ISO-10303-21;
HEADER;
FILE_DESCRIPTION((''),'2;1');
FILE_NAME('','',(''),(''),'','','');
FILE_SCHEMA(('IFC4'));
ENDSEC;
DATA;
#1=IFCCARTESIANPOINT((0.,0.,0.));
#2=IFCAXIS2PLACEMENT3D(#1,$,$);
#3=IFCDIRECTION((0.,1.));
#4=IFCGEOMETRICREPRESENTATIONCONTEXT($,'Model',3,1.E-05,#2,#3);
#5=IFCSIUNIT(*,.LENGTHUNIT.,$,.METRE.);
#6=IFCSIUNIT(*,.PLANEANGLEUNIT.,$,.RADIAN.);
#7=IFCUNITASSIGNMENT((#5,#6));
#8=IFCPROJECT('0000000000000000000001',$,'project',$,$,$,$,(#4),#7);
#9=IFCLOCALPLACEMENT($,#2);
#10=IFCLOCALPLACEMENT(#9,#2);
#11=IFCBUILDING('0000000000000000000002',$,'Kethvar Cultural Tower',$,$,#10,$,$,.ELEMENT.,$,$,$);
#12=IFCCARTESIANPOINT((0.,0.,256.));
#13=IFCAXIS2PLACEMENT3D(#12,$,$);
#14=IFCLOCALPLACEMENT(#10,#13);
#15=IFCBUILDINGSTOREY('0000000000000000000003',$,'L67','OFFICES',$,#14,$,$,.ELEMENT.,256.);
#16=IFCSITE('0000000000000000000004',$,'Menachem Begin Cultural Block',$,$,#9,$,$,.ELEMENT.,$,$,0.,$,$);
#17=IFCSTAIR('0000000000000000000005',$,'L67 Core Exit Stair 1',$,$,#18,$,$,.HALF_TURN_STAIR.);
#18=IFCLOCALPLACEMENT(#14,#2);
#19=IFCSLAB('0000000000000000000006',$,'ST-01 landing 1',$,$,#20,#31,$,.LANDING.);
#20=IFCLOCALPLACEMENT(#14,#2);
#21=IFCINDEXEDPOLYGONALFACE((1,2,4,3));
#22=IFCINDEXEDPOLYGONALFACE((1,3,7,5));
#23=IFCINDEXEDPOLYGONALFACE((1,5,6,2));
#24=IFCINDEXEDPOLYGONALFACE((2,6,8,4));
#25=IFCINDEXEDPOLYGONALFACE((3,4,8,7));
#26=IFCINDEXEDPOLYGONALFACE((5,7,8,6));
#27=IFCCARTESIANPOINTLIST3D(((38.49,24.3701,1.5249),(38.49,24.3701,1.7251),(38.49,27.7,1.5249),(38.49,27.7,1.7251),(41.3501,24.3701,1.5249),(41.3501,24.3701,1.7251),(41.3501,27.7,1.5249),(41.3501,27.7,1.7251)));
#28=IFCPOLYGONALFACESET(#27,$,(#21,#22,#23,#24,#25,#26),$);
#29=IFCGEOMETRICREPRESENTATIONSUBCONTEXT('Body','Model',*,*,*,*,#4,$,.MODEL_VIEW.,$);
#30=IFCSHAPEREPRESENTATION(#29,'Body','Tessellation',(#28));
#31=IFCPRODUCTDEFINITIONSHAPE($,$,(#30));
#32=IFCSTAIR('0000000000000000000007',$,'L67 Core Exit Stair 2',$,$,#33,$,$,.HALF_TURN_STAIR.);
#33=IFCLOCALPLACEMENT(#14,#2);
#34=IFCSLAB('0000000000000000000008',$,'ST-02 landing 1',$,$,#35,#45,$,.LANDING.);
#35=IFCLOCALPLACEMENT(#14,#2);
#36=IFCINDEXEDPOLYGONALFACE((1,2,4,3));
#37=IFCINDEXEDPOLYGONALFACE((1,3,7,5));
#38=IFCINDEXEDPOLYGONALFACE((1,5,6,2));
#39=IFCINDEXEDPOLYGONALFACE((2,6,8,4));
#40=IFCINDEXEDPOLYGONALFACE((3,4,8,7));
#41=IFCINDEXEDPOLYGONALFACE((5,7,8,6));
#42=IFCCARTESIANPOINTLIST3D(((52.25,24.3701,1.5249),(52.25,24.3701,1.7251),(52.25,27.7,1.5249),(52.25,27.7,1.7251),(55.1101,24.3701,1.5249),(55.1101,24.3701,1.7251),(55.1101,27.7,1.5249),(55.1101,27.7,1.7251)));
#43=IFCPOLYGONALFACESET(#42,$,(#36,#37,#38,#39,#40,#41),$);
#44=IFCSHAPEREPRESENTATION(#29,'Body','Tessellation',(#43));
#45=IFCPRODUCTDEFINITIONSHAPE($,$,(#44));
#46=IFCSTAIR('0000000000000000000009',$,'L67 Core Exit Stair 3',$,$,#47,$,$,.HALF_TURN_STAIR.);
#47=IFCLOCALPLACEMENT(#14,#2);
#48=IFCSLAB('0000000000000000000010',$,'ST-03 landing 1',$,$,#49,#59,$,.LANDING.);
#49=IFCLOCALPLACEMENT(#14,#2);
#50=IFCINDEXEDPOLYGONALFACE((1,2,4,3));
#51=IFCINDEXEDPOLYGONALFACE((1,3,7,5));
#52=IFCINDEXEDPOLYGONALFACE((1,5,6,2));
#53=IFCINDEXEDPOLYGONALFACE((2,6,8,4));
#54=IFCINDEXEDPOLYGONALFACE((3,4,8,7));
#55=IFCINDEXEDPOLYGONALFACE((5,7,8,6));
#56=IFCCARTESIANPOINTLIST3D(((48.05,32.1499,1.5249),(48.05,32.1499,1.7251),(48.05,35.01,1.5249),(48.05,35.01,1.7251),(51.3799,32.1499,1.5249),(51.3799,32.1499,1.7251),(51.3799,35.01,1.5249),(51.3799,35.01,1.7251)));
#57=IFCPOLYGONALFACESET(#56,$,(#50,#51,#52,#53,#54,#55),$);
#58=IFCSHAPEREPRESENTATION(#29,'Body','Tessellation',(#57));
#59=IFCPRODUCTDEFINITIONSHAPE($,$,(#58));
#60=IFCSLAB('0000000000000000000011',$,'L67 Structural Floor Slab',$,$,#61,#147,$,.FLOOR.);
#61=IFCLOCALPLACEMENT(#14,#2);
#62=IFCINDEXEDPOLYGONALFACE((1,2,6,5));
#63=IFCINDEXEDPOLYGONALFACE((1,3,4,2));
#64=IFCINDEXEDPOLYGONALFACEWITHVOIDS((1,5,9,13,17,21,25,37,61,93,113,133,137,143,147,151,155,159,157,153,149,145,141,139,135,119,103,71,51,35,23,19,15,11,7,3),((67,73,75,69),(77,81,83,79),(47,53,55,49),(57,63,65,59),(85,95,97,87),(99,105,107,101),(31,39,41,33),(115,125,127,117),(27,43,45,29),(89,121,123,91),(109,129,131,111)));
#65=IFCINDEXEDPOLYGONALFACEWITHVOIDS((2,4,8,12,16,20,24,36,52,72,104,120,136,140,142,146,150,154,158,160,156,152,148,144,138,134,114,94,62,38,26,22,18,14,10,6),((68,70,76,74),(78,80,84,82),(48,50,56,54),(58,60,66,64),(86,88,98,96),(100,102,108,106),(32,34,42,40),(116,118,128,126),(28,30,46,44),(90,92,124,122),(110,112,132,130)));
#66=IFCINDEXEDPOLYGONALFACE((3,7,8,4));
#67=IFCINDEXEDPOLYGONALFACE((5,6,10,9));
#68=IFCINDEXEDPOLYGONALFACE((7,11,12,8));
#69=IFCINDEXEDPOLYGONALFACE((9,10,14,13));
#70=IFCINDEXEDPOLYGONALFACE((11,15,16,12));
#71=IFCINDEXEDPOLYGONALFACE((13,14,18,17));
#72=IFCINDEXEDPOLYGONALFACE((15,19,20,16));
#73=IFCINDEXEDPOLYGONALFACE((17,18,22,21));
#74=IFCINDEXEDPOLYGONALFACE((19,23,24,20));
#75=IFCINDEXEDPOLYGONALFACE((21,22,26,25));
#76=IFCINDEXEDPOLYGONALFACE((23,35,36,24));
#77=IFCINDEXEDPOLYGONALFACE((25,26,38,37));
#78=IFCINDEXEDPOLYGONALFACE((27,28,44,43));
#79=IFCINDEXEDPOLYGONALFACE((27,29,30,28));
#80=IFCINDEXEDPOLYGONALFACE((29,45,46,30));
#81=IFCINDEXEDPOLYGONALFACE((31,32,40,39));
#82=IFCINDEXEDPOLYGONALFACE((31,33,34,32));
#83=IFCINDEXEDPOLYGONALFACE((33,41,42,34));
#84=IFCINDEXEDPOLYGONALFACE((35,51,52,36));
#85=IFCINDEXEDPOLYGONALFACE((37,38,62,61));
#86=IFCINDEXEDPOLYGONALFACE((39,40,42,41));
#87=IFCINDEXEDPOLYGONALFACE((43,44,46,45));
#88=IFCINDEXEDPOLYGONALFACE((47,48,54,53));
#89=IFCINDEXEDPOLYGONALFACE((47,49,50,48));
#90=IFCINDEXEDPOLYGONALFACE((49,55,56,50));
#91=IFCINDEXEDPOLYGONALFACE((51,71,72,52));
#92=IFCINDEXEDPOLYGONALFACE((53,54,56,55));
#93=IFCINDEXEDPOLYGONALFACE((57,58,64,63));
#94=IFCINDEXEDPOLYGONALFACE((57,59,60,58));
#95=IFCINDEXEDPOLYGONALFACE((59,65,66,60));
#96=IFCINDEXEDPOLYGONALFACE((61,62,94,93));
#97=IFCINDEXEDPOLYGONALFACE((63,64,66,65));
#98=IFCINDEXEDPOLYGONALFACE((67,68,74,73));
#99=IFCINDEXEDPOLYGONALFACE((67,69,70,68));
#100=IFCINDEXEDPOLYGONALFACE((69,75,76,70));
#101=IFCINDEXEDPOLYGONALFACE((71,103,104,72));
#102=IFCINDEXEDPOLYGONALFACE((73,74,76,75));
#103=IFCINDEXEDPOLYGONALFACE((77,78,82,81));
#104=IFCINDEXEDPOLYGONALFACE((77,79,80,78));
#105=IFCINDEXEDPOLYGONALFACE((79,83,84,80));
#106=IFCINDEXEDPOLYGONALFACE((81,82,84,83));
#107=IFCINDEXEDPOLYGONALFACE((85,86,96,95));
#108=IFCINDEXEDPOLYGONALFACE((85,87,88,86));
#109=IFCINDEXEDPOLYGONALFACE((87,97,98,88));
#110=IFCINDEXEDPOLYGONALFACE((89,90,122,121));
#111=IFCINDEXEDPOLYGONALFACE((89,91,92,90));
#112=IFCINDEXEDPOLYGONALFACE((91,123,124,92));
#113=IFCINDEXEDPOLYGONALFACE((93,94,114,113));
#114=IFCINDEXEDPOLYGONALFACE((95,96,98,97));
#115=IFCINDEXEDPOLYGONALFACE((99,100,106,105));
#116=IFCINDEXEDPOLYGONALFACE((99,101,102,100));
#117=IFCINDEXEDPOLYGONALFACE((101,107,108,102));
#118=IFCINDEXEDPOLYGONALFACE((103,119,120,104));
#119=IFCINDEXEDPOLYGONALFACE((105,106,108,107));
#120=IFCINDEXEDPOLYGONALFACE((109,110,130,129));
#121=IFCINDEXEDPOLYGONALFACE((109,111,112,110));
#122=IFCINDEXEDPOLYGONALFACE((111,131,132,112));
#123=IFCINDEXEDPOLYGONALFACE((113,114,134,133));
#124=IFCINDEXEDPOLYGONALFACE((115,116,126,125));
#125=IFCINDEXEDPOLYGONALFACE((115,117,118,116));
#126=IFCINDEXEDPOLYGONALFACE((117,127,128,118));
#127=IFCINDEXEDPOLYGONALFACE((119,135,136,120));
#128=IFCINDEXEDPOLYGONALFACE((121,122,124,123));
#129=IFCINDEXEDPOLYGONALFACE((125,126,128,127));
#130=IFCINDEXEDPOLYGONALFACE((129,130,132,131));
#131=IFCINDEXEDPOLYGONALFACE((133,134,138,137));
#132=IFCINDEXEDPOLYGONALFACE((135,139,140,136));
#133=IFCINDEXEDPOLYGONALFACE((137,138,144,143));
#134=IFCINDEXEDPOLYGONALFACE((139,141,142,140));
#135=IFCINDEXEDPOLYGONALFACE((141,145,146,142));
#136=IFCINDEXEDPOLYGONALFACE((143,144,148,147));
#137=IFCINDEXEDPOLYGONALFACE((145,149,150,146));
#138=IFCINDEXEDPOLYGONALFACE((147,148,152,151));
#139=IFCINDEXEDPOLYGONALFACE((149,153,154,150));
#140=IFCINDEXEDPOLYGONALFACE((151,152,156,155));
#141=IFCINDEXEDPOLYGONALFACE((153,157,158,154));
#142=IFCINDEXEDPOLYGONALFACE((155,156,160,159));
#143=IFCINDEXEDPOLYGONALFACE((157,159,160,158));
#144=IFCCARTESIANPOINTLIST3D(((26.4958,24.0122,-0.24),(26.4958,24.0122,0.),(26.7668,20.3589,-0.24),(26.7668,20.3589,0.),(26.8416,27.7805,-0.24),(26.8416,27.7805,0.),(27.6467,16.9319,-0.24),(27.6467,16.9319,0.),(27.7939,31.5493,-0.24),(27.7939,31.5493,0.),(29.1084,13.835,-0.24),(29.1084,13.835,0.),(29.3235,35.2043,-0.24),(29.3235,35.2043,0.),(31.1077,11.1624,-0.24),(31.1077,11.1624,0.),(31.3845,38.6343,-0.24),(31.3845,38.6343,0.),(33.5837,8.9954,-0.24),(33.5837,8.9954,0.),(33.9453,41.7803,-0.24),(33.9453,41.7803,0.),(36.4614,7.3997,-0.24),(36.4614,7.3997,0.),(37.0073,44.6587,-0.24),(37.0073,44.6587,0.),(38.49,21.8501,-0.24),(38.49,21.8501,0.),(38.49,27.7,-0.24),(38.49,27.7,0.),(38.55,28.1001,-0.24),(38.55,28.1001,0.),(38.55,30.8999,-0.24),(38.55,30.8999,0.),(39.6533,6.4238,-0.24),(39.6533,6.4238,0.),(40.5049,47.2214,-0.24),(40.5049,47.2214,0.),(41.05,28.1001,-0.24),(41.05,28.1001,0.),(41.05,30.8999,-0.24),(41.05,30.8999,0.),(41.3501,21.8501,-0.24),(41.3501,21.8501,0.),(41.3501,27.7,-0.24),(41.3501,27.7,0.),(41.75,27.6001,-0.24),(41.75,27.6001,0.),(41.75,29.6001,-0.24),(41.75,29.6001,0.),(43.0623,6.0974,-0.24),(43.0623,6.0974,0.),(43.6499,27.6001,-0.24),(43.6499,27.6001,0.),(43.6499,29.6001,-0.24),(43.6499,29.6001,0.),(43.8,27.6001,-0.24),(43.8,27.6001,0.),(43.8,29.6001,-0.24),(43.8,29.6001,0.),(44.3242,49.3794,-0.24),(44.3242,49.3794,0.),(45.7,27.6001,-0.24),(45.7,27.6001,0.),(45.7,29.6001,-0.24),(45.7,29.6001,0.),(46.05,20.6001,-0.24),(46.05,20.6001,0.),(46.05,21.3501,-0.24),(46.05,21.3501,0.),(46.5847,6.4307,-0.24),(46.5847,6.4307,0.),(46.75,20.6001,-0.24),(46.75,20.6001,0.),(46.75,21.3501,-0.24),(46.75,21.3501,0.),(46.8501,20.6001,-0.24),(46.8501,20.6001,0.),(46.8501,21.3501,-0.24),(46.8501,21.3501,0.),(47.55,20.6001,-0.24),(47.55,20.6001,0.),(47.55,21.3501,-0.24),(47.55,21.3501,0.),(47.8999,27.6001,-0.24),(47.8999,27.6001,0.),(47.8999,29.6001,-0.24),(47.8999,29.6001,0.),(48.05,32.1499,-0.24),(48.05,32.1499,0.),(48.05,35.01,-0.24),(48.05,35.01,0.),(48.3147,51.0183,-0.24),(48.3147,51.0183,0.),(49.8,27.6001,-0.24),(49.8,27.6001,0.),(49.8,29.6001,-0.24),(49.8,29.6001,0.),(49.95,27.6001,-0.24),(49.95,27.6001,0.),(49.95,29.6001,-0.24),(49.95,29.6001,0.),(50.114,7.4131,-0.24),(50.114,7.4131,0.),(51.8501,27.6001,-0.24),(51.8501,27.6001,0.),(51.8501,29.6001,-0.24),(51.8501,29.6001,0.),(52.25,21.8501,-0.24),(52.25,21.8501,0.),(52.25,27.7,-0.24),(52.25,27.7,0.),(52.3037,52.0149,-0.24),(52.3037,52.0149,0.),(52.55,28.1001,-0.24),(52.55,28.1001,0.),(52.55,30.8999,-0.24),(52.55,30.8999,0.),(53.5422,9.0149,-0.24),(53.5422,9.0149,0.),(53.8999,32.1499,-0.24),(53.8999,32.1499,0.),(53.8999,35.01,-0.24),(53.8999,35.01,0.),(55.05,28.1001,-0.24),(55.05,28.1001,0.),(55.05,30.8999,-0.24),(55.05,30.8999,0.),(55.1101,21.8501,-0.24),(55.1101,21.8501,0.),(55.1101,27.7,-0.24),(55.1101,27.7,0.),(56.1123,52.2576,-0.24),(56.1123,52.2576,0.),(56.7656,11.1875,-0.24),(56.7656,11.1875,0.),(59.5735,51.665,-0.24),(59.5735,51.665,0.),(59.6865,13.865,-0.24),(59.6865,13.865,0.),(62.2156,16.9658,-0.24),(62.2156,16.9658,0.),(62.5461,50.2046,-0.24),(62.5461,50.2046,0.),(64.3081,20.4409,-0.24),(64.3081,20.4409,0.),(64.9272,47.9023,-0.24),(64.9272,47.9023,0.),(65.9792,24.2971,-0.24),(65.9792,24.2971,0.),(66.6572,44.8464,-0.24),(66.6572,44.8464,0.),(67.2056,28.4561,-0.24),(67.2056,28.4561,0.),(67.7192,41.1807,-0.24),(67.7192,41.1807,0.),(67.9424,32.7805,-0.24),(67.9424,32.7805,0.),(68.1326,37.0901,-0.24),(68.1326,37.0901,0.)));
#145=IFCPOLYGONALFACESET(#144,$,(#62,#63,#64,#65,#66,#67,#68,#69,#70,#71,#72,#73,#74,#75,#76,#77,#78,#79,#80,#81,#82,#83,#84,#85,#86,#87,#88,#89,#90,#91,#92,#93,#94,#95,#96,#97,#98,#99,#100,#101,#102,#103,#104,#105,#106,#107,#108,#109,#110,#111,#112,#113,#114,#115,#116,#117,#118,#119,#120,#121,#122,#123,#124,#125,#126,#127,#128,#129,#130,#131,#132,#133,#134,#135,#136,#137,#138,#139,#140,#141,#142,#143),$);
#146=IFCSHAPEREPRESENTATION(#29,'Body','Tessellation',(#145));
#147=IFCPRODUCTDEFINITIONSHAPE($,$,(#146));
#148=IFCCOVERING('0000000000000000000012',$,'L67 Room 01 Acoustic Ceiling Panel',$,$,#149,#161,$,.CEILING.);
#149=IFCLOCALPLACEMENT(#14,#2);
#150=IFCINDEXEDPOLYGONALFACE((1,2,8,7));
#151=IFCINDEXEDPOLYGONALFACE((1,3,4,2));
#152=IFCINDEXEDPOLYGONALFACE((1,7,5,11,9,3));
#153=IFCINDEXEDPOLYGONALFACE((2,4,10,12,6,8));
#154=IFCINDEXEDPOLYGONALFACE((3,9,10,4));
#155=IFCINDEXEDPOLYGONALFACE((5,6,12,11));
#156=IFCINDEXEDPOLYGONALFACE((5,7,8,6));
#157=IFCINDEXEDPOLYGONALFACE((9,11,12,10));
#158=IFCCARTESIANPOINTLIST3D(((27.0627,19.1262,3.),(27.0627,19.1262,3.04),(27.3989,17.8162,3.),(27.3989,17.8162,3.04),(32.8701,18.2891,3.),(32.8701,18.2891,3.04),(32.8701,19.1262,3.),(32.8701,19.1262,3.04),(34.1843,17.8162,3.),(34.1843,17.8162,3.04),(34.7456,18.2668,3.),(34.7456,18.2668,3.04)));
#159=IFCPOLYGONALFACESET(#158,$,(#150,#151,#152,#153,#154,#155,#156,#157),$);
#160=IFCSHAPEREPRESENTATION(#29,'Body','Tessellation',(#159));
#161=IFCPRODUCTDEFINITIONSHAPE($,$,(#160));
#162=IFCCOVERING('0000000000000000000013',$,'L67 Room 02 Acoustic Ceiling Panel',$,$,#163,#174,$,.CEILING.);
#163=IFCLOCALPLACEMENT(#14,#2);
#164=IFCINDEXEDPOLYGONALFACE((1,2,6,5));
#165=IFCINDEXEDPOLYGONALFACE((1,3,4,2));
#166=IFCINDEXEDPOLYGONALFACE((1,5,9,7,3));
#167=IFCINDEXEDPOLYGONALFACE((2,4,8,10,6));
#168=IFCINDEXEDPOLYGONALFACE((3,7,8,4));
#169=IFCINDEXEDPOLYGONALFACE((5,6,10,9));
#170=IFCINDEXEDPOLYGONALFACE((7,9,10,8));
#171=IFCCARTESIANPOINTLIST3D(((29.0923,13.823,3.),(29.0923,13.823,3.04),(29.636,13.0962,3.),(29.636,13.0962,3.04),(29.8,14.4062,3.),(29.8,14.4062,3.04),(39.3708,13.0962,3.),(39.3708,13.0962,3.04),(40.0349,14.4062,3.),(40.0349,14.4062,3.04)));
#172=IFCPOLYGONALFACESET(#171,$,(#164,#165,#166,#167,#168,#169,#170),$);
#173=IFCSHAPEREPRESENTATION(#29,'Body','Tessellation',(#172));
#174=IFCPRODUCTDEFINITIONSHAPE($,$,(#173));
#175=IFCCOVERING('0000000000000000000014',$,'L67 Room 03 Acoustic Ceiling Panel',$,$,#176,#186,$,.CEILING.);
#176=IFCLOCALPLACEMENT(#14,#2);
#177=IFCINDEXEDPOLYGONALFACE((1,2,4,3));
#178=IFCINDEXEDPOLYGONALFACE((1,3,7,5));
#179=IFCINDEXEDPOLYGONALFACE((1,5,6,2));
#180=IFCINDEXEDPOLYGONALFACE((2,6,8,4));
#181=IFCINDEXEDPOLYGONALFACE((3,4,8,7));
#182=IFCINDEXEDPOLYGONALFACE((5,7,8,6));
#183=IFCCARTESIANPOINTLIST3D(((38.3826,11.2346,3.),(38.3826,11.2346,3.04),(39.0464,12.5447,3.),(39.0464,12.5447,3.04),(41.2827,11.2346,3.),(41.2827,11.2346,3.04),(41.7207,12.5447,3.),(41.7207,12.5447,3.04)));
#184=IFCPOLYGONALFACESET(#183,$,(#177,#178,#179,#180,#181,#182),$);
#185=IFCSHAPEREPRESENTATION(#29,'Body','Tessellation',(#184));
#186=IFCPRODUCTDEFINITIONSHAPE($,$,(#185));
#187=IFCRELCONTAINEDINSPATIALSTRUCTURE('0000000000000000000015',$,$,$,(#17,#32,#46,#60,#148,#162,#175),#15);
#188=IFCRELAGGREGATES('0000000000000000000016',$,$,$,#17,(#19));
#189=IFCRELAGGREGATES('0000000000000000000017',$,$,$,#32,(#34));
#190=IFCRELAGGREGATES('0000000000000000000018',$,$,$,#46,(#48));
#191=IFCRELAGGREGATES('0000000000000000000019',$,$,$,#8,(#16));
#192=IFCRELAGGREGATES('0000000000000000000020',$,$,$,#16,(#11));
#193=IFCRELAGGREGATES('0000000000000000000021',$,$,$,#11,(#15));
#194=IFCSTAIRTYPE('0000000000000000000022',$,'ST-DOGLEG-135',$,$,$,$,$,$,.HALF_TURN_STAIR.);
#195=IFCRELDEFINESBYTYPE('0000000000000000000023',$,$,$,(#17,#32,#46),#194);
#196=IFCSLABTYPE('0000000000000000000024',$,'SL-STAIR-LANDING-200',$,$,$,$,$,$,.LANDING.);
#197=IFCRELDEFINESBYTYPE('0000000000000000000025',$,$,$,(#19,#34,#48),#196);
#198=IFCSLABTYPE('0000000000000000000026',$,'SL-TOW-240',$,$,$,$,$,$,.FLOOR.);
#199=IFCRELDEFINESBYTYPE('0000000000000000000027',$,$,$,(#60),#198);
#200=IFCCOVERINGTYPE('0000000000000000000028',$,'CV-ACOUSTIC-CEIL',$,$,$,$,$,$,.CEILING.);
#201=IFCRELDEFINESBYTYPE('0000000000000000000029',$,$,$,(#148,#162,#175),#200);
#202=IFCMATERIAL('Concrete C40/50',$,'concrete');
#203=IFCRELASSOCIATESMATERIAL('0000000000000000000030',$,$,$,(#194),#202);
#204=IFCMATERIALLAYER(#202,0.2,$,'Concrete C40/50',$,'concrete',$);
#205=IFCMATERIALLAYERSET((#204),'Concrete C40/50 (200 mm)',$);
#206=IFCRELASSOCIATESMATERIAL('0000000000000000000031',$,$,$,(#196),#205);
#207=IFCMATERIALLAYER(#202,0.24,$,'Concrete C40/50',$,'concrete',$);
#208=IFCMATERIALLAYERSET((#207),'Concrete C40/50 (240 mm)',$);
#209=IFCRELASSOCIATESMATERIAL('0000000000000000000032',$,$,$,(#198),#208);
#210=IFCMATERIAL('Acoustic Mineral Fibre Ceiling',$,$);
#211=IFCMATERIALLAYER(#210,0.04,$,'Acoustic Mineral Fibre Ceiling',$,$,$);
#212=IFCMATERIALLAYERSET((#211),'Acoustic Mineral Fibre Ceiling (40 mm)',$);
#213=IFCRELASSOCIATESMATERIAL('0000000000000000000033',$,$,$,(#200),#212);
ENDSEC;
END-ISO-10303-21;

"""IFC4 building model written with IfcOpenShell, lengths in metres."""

from ifc_helpers import new_model, si_unit, direction, frame, origin, place, context, subcontext, project, spatial, polyline, outline, extrude, material, layer, layer_set, type_object, element, aggregate, save


model = new_model("IFC4")

# Units and contexts
model_context = context("Model", 3, precision=1e-05, world=origin(), true_north=direction((0.0, 1.0)))
body_context = subcontext(model_context, "Body", "Model", "MODEL_VIEW")
ifc_project = project(units=[si_unit("LENGTHUNIT", "METRE"), si_unit("PLANEANGLEUNIT", "RADIAN")], contexts=[model_context])

# Site, building, storey
site_placement = place(None, origin())
site = spatial("IfcSite", under=ifc_project, at=site_placement, Name="Menachem Begin Cultural Block", CompositionType="ELEMENT", RefElevation=0.0)
building_placement = place(site_placement, origin())
building = spatial("IfcBuilding", under=site, at=building_placement, Name="Kethvar Cultural Tower", CompositionType="ELEMENT")
storey_placement = place(building_placement, frame((0.0, 0.0, 256.0)))
storey = spatial("IfcBuildingStorey", under=building, at=storey_placement, Name="L67", Description="OFFICES", CompositionType="ELEMENT", Elevation=256.0)

# Stairs, slabs
ifc_material_1 = material(Name="Concrete C40/50", Category="concrete")
stair_type = type_object("IfcStairType", Name="ST-DOGLEG-135", PredefinedType="HALF_TURN_STAIR", material=ifc_material_1)
stair_1_placement = place(storey_placement, origin())
stair_1 = element("IfcStair", 1, at=stair_1_placement, inside=storey, type_object=stair_type, Name="L67 Core Exit Stair 1", PredefinedType="HALF_TURN_STAIR")
ifc_layer_1 = layer(ifc_material_1, 0.2, Name="Concrete C40/50", Category="concrete")
ifc_layer_set_1 = layer_set([ifc_layer_1], Name="Concrete C40/50 (200 mm)")
slab_type_1 = type_object("IfcSlabType", Name="SL-STAIR-LANDING-200", PredefinedType="LANDING", material=ifc_layer_set_1)
slab_1_placement = place(storey_placement, frame((0.0, 0.0, 1.5249)))
slab_1 = element("IfcSlab", 2, at=slab_1_placement, type_object=slab_type_1, Name="ST-01 landing 1", PredefinedType="LANDING", context=body_context, shape_type="SweptSolid", body=[
    extrude(outline(polyline([(41.3501, 24.3701), (41.3501, 27.7), (38.49, 27.7), (38.49, 24.3701), (41.3501, 24.3701)])), origin(), (0.0, 0.0, 1.0), 0.2002),
])
aggregate(stair_1, [slab_1])
stair_2_placement = place(storey_placement, origin())
stair_2 = element("IfcStair", 3, at=stair_2_placement, inside=storey, type_object=stair_type, Name="L67 Core Exit Stair 2", PredefinedType="HALF_TURN_STAIR")
slab_2_placement = place(storey_placement, frame((0.0, 0.0, 1.5249)))
slab_2 = element("IfcSlab", 4, at=slab_2_placement, type_object=slab_type_1, Name="ST-02 landing 1", PredefinedType="LANDING", context=body_context, shape_type="SweptSolid", body=[
    extrude(outline(polyline([(55.1101, 24.3701), (55.1101, 27.7), (52.25, 27.7), (52.25, 24.3701), (55.1101, 24.3701)])), origin(), (0.0, 0.0, 1.0), 0.2002),
])
aggregate(stair_2, [slab_2])
stair_3_placement = place(storey_placement, origin())
stair_3 = element("IfcStair", 5, at=stair_3_placement, inside=storey, type_object=stair_type, Name="L67 Core Exit Stair 3", PredefinedType="HALF_TURN_STAIR")
slab_3_placement = place(storey_placement, frame((0.0, 0.0, 1.5249)))
slab_3 = element("IfcSlab", 6, at=slab_3_placement, type_object=slab_type_1, Name="ST-03 landing 1", PredefinedType="LANDING", context=body_context, shape_type="SweptSolid", body=[
    extrude(outline(polyline([(51.3799, 35.01), (48.05, 35.01), (48.05, 32.1499), (51.3799, 32.1499), (51.3799, 35.01)])), origin(), (0.0, 0.0, 1.0), 0.2002),
])
aggregate(stair_3, [slab_3])

# Slab
ifc_layer_2 = layer(ifc_material_1, 0.24, Name="Concrete C40/50", Category="concrete")
ifc_layer_set_2 = layer_set([ifc_layer_2], Name="Concrete C40/50 (240 mm)")
slab_type_2 = type_object("IfcSlabType", Name="SL-TOW-240", PredefinedType="FLOOR", material=ifc_layer_set_2)
slab_4_placement = place(storey_placement, frame((0.0, 0.0, -0.24)))
element("IfcSlab", 7, at=slab_4_placement, inside=storey, type_object=slab_type_2, Name="L67 Structural Floor Slab", PredefinedType="FLOOR", context=body_context, shape_type="SweptSolid", body=[
    extrude(outline(polyline([(62.5461, 50.2046), (59.5735, 51.665), (56.1123, 52.2576), (52.3037, 52.0149), (48.3147, 51.0183), (44.3242, 49.3794), (40.5049, 47.2214), (37.0073, 44.6587), (33.9453, 41.7803), (31.3845, 38.6343), (29.3235, 35.2043), (27.7939, 31.5493), (26.8416, 27.7805), (26.4958, 24.0122), (26.7668, 20.3589), (27.6467, 16.9319), (29.1084, 13.835), (31.1077, 11.1624), (33.5837, 8.9954), (36.4614, 7.3997), (39.6533, 6.4238), (43.0623, 6.0974), (46.5847, 6.4307), (50.114, 7.4131), (53.5422, 9.0149), (56.7656, 11.1875), (59.6865, 13.865), (62.2156, 16.9658), (64.3081, 20.4409), (65.9792, 24.2971), (67.2056, 28.4561), (67.9424, 32.7805), (68.1326, 37.0901), (67.7192, 41.1807), (66.6572, 44.8464), (64.9272, 47.9023), (62.5461, 50.2046)]), holes=[polyline([(38.49, 21.8501), (38.49, 27.7), (41.3501, 27.7), (41.3501, 21.8501), (38.49, 21.8501)]), polyline([(52.25, 21.8501), (52.25, 27.7), (55.1101, 27.7), (55.1101, 21.8501), (52.25, 21.8501)]), polyline([(53.8999, 32.1499), (48.05, 32.1499), (48.05, 35.01), (53.8999, 35.01), (53.8999, 32.1499)]), polyline([(41.75, 29.6001), (43.6499, 29.6001), (43.6499, 27.6001), (41.75, 27.6001), (41.75, 29.6001)]), polyline([(43.8, 29.6001), (45.7, 29.6001), (45.7, 27.6001), (43.8, 27.6001), (43.8, 29.6001)]), polyline([(47.8999, 29.6001), (49.8, 29.6001), (49.8, 27.6001), (47.8999, 27.6001), (47.8999, 29.6001)]), polyline([(49.95, 29.6001), (51.8501, 29.6001), (51.8501, 27.6001), (49.95, 27.6001), (49.95, 29.6001)]), polyline([(38.55, 30.8999), (41.05, 30.8999), (41.05, 28.1001), (38.55, 28.1001), (38.55, 30.8999)]), polyline([(52.55, 30.8999), (55.05, 30.8999), (55.05, 28.1001), (52.55, 28.1001), (52.55, 30.8999)]), polyline([(46.05, 21.3501), (46.75, 21.3501), (46.75, 20.6001), (46.05, 20.6001), (46.05, 21.3501)]), polyline([(46.8501, 21.3501), (47.55, 21.3501), (47.55, 20.6001), (46.8501, 20.6001), (46.8501, 21.3501)])]), origin(), (0.0, 0.0, 1.0), 0.24),
])

# Coverings
ifc_material_2 = material(Name="Acoustic Mineral Fibre Ceiling")
ifc_layer_3 = layer(ifc_material_2, 0.04, Name="Acoustic Mineral Fibre Ceiling")
ifc_layer_set_3 = layer_set([ifc_layer_3], Name="Acoustic Mineral Fibre Ceiling (40 mm)")
covering_type_1 = type_object("IfcCoveringType", Name="CV-ACOUSTIC-CEIL", PredefinedType="CEILING", material=ifc_layer_set_3)
covering_1_placement = place(storey_placement, frame((0.0, 0.0, 3.0)))
element("IfcCovering", 8, at=covering_1_placement, inside=storey, type_object=covering_type_1, Name="L67 Room 01 Acoustic Ceiling Panel", PredefinedType="CEILING", context=body_context, shape_type="SweptSolid", body=[
    extrude(outline(polyline([(27.0627, 19.1262), (32.8701, 19.1262), (32.8701, 18.2891), (34.7456, 18.2668), (34.1843, 17.8162), (27.3989, 17.8162), (27.0627, 19.1262)])), origin(), (0.0, 0.0, 1.0), 0.04),
])
covering_2_placement = place(storey_placement, frame((0.0, 0.0, 3.0)))
element("IfcCovering", 9, at=covering_2_placement, inside=storey, type_object=covering_type_1, Name="L67 Room 02 Acoustic Ceiling Panel", PredefinedType="CEILING", context=body_context, shape_type="SweptSolid", body=[
    extrude(outline(polyline([(29.0923, 13.823), (29.8, 14.4062), (40.0349, 14.4062), (39.3708, 13.0962), (29.636, 13.0962), (29.0923, 13.823)])), origin(), (0.0, 0.0, 1.0), 0.04),
])
covering_3_placement = place(storey_placement, frame((0.0, 0.0, 3.0)))
element("IfcCovering", 10, at=covering_3_placement, inside=storey, type_object=covering_type_1, Name="L67 Room 03 Acoustic Ceiling Panel", PredefinedType="CEILING", context=body_context, shape_type="SweptSolid", body=[
    extrude(outline(polyline([(39.0464, 12.5447), (41.7207, 12.5447), (41.2827, 11.2346), (38.3826, 11.2346), (39.0464, 12.5447)])), origin(), (0.0, 0.0, 1.0), 0.04),
])

save(model, "model.ifc")
